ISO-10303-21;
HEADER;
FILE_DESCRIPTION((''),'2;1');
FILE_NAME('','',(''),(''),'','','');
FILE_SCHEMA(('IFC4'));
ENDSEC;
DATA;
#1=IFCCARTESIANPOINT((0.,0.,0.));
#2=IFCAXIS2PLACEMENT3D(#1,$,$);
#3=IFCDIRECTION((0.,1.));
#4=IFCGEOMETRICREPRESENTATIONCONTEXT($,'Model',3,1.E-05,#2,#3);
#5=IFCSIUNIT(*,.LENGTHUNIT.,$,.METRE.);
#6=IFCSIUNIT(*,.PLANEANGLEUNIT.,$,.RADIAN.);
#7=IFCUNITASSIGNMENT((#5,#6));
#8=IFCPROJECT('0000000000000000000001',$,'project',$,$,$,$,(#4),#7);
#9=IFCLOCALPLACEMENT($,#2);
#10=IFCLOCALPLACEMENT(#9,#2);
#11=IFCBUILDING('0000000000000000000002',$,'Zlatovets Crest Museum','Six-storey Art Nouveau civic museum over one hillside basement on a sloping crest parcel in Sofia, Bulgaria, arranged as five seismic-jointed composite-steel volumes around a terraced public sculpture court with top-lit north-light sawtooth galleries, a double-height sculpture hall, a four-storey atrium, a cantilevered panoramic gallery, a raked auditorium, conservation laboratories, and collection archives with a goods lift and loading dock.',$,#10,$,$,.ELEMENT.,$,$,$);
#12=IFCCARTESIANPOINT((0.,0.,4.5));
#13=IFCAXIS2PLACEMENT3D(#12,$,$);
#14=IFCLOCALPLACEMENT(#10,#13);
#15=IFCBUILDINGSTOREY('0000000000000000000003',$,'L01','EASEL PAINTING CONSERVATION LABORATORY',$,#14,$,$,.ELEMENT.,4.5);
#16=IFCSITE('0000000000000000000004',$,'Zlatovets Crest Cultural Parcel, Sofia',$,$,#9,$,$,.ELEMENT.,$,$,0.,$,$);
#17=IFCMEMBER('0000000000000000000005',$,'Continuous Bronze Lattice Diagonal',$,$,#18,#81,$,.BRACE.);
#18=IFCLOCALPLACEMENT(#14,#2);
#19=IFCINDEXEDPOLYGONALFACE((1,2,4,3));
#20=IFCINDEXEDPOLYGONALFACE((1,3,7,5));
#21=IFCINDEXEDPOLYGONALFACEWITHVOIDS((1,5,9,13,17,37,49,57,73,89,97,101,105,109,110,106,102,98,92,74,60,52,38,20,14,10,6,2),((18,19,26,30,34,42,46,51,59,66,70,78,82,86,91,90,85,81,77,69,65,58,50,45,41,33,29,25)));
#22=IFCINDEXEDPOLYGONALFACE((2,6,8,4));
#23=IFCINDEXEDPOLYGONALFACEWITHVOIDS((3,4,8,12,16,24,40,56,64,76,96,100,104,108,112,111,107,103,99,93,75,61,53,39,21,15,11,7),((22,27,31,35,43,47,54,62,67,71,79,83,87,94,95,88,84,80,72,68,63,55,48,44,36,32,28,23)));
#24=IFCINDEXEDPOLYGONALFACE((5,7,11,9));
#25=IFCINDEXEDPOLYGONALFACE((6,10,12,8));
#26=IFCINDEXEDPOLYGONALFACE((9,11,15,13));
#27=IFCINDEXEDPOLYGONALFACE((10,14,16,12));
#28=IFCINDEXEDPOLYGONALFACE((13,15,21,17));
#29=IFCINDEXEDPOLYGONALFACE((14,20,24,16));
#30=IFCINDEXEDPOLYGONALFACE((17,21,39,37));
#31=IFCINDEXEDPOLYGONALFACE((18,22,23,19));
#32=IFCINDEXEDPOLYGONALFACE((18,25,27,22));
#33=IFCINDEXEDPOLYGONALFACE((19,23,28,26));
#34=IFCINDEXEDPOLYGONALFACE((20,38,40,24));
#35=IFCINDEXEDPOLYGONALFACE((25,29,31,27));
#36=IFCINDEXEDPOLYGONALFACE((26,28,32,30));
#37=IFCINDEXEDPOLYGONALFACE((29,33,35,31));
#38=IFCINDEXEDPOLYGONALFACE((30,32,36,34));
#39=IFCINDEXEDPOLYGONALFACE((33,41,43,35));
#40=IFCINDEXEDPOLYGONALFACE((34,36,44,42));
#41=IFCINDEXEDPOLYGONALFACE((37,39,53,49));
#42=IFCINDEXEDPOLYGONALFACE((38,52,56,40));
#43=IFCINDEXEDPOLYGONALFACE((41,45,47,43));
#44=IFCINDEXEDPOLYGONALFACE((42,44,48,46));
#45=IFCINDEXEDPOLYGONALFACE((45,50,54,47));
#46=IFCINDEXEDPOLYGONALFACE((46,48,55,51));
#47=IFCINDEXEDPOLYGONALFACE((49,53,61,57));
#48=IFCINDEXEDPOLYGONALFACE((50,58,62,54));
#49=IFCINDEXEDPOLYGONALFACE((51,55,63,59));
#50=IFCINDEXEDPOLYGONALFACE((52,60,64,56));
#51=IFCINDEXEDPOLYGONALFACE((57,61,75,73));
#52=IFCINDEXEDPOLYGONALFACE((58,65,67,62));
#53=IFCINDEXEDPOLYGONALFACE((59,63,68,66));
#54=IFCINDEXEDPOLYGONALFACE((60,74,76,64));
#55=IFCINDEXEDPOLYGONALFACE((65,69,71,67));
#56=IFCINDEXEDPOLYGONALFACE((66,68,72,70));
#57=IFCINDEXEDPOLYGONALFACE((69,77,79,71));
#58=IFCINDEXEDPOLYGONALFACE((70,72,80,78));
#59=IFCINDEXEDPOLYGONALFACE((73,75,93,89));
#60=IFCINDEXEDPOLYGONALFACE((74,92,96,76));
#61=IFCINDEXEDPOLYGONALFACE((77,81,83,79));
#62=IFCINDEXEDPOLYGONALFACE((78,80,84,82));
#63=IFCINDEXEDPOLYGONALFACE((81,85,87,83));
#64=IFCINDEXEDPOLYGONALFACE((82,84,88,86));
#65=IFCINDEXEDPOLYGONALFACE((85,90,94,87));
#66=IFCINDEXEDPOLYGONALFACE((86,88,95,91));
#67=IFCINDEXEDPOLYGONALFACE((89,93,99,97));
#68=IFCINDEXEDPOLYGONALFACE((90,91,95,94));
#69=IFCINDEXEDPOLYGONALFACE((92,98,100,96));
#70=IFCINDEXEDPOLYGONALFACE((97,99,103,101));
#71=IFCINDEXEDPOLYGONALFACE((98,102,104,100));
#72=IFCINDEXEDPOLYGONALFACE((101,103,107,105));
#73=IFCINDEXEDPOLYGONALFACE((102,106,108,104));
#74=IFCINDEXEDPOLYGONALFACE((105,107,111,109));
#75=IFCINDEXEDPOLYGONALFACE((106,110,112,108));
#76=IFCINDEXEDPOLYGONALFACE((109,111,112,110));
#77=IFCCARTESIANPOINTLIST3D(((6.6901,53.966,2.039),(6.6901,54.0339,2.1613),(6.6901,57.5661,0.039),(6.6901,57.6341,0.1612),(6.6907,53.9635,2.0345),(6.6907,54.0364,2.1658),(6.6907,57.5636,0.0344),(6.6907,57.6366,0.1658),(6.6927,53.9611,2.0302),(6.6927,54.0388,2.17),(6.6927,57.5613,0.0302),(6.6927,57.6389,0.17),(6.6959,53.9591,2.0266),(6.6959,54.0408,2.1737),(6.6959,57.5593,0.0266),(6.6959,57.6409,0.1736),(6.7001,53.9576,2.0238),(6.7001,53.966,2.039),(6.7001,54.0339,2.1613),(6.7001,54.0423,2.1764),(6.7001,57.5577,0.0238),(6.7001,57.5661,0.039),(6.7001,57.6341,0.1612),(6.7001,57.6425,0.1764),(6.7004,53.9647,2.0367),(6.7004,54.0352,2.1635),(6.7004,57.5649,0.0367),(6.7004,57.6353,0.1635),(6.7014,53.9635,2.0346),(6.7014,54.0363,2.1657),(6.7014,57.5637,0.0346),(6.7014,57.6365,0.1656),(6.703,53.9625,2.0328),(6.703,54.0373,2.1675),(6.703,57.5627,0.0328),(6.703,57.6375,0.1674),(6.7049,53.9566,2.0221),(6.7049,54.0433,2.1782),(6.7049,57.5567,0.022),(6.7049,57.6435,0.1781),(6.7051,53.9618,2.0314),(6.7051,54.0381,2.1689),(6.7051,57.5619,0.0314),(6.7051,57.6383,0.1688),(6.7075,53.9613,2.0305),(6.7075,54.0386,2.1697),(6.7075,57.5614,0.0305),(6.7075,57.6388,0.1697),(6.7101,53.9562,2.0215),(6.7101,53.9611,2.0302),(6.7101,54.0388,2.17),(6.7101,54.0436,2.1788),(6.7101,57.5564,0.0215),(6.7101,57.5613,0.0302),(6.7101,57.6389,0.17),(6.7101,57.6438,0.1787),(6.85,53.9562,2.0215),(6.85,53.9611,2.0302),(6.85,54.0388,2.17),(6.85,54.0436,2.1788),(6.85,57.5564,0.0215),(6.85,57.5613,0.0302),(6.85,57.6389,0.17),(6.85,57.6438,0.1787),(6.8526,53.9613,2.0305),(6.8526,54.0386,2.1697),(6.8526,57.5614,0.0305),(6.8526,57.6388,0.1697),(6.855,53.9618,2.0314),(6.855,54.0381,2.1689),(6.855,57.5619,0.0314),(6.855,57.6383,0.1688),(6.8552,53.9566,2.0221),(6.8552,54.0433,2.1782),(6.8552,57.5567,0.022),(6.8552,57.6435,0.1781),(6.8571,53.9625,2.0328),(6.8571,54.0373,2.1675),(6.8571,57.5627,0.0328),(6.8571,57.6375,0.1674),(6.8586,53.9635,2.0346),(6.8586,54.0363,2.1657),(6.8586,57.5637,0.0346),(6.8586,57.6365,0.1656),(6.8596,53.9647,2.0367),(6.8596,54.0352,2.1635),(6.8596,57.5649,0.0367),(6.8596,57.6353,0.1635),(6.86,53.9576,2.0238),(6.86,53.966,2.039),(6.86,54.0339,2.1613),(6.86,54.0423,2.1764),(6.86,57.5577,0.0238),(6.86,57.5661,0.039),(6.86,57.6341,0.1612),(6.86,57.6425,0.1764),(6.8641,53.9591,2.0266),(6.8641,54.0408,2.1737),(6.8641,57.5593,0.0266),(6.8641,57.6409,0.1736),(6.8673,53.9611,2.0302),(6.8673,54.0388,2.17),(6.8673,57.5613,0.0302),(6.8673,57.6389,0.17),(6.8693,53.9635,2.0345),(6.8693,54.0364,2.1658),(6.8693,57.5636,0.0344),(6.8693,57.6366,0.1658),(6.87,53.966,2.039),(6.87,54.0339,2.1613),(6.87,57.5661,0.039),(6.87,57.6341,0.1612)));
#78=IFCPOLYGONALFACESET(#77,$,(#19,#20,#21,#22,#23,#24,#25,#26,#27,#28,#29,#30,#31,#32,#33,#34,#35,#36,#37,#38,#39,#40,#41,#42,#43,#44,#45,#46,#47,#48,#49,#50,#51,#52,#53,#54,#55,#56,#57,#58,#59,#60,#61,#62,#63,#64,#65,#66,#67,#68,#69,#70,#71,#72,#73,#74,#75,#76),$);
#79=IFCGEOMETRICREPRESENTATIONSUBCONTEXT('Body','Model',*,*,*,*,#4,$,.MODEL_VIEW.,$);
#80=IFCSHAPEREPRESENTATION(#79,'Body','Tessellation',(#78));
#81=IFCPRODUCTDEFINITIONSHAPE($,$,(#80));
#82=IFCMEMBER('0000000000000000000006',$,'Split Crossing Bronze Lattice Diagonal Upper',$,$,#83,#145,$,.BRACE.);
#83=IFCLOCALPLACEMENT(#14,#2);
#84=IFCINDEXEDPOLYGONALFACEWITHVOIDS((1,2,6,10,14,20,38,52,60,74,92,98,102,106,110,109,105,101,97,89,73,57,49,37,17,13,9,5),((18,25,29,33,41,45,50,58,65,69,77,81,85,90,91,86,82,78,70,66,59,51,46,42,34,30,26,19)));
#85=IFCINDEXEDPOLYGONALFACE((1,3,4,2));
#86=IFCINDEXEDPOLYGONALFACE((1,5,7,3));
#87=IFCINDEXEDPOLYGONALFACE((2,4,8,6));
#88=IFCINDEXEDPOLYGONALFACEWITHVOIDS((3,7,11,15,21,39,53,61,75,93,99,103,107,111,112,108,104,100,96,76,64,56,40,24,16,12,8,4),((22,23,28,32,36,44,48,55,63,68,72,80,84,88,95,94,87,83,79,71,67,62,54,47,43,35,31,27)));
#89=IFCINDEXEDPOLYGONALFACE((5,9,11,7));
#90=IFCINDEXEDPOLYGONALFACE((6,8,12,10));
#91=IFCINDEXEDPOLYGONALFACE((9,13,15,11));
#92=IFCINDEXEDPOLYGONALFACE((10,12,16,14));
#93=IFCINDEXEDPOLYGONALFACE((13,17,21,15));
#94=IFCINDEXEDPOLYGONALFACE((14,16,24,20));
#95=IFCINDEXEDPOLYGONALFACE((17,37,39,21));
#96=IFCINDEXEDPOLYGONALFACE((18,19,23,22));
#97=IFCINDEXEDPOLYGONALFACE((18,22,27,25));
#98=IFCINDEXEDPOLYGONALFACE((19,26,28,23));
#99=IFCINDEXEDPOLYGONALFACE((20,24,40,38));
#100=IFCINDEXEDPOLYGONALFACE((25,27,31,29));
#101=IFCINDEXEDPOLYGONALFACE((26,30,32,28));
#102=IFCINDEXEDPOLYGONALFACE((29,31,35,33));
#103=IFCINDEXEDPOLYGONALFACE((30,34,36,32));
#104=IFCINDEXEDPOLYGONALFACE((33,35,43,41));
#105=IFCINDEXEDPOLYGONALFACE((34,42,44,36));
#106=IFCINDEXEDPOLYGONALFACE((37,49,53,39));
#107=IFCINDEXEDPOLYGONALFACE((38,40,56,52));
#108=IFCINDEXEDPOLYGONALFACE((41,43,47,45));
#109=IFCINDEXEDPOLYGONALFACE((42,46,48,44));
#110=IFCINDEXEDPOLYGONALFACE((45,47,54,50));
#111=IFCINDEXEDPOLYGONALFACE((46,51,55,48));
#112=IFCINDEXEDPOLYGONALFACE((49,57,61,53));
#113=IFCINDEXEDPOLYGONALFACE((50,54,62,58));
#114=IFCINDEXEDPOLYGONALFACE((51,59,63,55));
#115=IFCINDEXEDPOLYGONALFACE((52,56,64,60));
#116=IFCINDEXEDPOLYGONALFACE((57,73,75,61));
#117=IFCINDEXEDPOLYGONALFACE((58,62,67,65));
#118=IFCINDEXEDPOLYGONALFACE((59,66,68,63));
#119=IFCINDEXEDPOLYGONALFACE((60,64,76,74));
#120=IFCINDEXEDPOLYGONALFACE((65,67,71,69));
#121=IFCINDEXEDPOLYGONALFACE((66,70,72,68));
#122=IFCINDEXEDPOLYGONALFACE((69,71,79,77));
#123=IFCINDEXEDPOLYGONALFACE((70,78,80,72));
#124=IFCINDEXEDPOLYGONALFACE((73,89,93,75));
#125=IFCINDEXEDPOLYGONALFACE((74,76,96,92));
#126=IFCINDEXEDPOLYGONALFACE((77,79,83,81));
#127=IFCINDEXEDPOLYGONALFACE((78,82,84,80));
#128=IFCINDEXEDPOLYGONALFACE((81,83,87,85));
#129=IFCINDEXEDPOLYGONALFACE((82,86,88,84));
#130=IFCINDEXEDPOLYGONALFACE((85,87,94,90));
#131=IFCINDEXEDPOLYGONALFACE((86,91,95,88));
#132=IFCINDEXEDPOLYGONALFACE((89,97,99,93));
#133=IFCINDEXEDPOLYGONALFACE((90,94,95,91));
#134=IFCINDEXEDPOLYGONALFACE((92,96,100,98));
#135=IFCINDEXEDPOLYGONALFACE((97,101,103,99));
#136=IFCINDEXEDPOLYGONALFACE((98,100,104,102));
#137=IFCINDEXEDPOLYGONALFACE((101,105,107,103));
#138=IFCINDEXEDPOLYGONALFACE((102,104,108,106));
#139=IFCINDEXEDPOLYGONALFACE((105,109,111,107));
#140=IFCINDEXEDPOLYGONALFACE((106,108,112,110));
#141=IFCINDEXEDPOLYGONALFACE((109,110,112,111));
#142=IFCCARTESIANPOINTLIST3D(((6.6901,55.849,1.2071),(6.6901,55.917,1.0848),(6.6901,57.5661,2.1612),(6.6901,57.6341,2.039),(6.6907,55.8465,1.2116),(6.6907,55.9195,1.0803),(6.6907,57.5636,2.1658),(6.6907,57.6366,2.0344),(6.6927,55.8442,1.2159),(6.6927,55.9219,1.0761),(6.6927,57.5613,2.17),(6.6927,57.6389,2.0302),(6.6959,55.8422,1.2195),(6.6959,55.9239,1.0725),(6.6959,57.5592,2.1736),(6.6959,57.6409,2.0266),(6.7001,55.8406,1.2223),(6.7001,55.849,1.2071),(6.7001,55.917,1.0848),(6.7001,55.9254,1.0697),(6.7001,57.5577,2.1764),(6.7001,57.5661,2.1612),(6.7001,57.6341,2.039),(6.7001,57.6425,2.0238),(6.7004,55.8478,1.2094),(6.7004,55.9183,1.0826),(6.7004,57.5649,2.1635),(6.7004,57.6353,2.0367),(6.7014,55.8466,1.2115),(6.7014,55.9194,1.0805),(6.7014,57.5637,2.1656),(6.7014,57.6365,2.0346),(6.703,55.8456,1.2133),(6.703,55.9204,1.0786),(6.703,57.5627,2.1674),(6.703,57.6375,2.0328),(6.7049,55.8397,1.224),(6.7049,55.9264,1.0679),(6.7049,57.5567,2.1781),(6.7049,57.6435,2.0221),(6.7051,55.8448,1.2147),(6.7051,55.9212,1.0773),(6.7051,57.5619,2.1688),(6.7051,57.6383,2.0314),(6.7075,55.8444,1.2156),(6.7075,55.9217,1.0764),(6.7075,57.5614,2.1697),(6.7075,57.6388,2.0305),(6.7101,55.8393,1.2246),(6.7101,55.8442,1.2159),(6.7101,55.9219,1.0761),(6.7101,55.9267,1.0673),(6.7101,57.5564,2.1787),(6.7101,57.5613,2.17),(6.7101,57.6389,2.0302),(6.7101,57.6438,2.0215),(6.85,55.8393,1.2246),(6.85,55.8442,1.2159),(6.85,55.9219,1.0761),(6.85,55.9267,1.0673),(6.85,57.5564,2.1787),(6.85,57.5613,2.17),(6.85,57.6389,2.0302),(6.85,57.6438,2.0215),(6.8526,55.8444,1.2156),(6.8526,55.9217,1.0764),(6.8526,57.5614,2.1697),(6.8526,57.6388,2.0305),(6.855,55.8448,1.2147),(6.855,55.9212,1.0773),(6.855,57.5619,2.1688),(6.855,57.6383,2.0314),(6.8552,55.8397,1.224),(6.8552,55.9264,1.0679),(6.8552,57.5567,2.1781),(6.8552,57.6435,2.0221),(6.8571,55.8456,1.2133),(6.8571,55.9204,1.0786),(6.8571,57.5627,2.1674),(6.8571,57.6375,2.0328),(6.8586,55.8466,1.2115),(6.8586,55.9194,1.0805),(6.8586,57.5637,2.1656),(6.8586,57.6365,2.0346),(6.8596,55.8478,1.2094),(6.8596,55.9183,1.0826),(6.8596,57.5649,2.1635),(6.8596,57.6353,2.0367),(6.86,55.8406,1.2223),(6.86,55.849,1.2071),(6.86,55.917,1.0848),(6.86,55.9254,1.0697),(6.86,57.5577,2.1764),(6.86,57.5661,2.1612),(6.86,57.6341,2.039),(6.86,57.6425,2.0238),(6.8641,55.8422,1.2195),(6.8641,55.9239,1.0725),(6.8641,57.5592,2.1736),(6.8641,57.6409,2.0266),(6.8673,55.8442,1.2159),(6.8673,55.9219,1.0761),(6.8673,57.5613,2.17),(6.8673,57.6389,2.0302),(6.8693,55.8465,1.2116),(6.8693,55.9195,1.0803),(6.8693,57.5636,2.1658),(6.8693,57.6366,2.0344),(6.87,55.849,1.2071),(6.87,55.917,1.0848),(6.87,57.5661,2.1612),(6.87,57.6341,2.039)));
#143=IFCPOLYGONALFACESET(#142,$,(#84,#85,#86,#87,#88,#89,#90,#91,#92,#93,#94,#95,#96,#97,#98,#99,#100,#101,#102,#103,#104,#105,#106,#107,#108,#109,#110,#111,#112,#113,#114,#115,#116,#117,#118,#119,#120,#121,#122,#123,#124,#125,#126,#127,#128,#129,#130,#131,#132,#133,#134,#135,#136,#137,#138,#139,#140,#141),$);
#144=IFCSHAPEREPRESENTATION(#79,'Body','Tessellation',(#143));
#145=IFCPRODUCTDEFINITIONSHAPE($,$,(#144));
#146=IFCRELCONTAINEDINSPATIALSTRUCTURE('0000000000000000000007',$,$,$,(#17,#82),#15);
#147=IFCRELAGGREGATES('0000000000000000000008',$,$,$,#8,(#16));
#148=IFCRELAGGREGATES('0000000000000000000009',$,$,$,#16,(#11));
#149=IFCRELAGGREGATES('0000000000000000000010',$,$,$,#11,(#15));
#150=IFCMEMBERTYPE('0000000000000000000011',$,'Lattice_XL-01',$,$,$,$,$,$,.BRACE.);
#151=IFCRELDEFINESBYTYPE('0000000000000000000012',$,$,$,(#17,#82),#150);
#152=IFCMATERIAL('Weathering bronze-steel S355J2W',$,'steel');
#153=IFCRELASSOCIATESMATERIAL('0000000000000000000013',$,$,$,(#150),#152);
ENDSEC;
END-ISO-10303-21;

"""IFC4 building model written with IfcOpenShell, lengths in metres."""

from ifc_helpers import new_model, si_unit, direction, frame, origin, origin_2d, place, context, subcontext, project, spatial, hollow_rectangle, extrude, material, material_profile, profile_set, type_object, element, save


model = new_model("IFC4")

# Units and contexts
model_context = context("Model", 3, precision=1e-05, world=origin(), true_north=direction((0.0, 1.0)))
body_context = subcontext(model_context, "Body", "Model", "MODEL_VIEW")
ifc_project = project(units=[si_unit("LENGTHUNIT", "METRE"), si_unit("PLANEANGLEUNIT", "RADIAN")], contexts=[model_context])

# Site, building, storey
site_placement = place(None, origin())
site = spatial("IfcSite", under=ifc_project, at=site_placement, Name="Zlatovets Crest Cultural Parcel, Sofia", CompositionType="ELEMENT", RefElevation=0.0)
building_placement = place(site_placement, origin())
building = spatial("IfcBuilding", under=site, at=building_placement, Name="Zlatovets Crest Museum", Description="Six-storey Art Nouveau civic museum over one hillside basement on a sloping crest parcel in Sofia, Bulgaria, arranged as five seismic-jointed composite-steel volumes around a terraced public sculpture court with top-lit north-light sawtooth galleries, a double-height sculpture hall, a four-storey atrium, a cantilevered panoramic gallery, a raked auditorium, conservation laboratories, and collection archives with a goods lift and loading dock.", CompositionType="ELEMENT")
storey_placement = place(building_placement, frame((0.0, 0.0, 4.5)))
storey = spatial("IfcBuildingStorey", under=building, at=storey_placement, Name="L01", Description="EASEL PAINTING CONSERVATION LABORATORY", CompositionType="ELEMENT", Elevation=4.5)

# Members
ifc_material_1 = material(Name="Weathering bronze-steel S355J2W", Category="steel")
ifc_material_profile_1 = material_profile(ifc_material_1, hollow_rectangle(XDim=0.1799, YDim=0.1799, WallThickness=0.01, InnerFilletRadius=0.01, OuterFilletRadius=0.02, at=origin_2d()), Name="SHS 180x180x10.0")
ifc_profile_set_1 = profile_set([ifc_material_profile_1], Name="Weathering bronze-steel S355J2W")
member_type_1 = type_object("IfcMemberType", Name="Lattice_XL-01", PredefinedType="BRACE", material=ifc_profile_set_1)
member_1_placement = place(storey_placement, frame((6.78, 57.6001, 0.1001), z_axis=(0.0, -0.874163, 0.485633), x_axis=(1.0, 0.0, 0.0)))
element("IfcMember", 1, at=member_1_placement, inside=storey, type_object=member_type_1, Name="Continuous Bronze Lattice Diagonal", PredefinedType="BRACE", context=body_context, shape_type="SweptSolid", body=[
    extrude(hollow_rectangle(XDim=0.1799, YDim=0.1799, WallThickness=0.01, InnerFilletRadius=0.01, OuterFilletRadius=0.02, at=origin_2d()), origin(), (0.0, 0.0, 1.0), 4.1184),
])
member_2_placement = place(storey_placement, frame((6.78, 57.6001, 2.1001), z_axis=(0.0, -0.874116, -0.485717), x_axis=(1.0, 0.0, 0.0)))
element("IfcMember", 2, at=member_2_placement, inside=storey, type_object=member_type_1, Name="Split Crossing Bronze Lattice Diagonal Upper", PredefinedType="BRACE", context=body_context, shape_type="SweptSolid", body=[
    extrude(hollow_rectangle(XDim=0.1799, YDim=0.1799, WallThickness=0.01, InnerFilletRadius=0.01, OuterFilletRadius=0.02, at=origin_2d()), origin(), (0.0, 0.0, 1.0), 1.9644),
])

save(model, "model.ifc")
